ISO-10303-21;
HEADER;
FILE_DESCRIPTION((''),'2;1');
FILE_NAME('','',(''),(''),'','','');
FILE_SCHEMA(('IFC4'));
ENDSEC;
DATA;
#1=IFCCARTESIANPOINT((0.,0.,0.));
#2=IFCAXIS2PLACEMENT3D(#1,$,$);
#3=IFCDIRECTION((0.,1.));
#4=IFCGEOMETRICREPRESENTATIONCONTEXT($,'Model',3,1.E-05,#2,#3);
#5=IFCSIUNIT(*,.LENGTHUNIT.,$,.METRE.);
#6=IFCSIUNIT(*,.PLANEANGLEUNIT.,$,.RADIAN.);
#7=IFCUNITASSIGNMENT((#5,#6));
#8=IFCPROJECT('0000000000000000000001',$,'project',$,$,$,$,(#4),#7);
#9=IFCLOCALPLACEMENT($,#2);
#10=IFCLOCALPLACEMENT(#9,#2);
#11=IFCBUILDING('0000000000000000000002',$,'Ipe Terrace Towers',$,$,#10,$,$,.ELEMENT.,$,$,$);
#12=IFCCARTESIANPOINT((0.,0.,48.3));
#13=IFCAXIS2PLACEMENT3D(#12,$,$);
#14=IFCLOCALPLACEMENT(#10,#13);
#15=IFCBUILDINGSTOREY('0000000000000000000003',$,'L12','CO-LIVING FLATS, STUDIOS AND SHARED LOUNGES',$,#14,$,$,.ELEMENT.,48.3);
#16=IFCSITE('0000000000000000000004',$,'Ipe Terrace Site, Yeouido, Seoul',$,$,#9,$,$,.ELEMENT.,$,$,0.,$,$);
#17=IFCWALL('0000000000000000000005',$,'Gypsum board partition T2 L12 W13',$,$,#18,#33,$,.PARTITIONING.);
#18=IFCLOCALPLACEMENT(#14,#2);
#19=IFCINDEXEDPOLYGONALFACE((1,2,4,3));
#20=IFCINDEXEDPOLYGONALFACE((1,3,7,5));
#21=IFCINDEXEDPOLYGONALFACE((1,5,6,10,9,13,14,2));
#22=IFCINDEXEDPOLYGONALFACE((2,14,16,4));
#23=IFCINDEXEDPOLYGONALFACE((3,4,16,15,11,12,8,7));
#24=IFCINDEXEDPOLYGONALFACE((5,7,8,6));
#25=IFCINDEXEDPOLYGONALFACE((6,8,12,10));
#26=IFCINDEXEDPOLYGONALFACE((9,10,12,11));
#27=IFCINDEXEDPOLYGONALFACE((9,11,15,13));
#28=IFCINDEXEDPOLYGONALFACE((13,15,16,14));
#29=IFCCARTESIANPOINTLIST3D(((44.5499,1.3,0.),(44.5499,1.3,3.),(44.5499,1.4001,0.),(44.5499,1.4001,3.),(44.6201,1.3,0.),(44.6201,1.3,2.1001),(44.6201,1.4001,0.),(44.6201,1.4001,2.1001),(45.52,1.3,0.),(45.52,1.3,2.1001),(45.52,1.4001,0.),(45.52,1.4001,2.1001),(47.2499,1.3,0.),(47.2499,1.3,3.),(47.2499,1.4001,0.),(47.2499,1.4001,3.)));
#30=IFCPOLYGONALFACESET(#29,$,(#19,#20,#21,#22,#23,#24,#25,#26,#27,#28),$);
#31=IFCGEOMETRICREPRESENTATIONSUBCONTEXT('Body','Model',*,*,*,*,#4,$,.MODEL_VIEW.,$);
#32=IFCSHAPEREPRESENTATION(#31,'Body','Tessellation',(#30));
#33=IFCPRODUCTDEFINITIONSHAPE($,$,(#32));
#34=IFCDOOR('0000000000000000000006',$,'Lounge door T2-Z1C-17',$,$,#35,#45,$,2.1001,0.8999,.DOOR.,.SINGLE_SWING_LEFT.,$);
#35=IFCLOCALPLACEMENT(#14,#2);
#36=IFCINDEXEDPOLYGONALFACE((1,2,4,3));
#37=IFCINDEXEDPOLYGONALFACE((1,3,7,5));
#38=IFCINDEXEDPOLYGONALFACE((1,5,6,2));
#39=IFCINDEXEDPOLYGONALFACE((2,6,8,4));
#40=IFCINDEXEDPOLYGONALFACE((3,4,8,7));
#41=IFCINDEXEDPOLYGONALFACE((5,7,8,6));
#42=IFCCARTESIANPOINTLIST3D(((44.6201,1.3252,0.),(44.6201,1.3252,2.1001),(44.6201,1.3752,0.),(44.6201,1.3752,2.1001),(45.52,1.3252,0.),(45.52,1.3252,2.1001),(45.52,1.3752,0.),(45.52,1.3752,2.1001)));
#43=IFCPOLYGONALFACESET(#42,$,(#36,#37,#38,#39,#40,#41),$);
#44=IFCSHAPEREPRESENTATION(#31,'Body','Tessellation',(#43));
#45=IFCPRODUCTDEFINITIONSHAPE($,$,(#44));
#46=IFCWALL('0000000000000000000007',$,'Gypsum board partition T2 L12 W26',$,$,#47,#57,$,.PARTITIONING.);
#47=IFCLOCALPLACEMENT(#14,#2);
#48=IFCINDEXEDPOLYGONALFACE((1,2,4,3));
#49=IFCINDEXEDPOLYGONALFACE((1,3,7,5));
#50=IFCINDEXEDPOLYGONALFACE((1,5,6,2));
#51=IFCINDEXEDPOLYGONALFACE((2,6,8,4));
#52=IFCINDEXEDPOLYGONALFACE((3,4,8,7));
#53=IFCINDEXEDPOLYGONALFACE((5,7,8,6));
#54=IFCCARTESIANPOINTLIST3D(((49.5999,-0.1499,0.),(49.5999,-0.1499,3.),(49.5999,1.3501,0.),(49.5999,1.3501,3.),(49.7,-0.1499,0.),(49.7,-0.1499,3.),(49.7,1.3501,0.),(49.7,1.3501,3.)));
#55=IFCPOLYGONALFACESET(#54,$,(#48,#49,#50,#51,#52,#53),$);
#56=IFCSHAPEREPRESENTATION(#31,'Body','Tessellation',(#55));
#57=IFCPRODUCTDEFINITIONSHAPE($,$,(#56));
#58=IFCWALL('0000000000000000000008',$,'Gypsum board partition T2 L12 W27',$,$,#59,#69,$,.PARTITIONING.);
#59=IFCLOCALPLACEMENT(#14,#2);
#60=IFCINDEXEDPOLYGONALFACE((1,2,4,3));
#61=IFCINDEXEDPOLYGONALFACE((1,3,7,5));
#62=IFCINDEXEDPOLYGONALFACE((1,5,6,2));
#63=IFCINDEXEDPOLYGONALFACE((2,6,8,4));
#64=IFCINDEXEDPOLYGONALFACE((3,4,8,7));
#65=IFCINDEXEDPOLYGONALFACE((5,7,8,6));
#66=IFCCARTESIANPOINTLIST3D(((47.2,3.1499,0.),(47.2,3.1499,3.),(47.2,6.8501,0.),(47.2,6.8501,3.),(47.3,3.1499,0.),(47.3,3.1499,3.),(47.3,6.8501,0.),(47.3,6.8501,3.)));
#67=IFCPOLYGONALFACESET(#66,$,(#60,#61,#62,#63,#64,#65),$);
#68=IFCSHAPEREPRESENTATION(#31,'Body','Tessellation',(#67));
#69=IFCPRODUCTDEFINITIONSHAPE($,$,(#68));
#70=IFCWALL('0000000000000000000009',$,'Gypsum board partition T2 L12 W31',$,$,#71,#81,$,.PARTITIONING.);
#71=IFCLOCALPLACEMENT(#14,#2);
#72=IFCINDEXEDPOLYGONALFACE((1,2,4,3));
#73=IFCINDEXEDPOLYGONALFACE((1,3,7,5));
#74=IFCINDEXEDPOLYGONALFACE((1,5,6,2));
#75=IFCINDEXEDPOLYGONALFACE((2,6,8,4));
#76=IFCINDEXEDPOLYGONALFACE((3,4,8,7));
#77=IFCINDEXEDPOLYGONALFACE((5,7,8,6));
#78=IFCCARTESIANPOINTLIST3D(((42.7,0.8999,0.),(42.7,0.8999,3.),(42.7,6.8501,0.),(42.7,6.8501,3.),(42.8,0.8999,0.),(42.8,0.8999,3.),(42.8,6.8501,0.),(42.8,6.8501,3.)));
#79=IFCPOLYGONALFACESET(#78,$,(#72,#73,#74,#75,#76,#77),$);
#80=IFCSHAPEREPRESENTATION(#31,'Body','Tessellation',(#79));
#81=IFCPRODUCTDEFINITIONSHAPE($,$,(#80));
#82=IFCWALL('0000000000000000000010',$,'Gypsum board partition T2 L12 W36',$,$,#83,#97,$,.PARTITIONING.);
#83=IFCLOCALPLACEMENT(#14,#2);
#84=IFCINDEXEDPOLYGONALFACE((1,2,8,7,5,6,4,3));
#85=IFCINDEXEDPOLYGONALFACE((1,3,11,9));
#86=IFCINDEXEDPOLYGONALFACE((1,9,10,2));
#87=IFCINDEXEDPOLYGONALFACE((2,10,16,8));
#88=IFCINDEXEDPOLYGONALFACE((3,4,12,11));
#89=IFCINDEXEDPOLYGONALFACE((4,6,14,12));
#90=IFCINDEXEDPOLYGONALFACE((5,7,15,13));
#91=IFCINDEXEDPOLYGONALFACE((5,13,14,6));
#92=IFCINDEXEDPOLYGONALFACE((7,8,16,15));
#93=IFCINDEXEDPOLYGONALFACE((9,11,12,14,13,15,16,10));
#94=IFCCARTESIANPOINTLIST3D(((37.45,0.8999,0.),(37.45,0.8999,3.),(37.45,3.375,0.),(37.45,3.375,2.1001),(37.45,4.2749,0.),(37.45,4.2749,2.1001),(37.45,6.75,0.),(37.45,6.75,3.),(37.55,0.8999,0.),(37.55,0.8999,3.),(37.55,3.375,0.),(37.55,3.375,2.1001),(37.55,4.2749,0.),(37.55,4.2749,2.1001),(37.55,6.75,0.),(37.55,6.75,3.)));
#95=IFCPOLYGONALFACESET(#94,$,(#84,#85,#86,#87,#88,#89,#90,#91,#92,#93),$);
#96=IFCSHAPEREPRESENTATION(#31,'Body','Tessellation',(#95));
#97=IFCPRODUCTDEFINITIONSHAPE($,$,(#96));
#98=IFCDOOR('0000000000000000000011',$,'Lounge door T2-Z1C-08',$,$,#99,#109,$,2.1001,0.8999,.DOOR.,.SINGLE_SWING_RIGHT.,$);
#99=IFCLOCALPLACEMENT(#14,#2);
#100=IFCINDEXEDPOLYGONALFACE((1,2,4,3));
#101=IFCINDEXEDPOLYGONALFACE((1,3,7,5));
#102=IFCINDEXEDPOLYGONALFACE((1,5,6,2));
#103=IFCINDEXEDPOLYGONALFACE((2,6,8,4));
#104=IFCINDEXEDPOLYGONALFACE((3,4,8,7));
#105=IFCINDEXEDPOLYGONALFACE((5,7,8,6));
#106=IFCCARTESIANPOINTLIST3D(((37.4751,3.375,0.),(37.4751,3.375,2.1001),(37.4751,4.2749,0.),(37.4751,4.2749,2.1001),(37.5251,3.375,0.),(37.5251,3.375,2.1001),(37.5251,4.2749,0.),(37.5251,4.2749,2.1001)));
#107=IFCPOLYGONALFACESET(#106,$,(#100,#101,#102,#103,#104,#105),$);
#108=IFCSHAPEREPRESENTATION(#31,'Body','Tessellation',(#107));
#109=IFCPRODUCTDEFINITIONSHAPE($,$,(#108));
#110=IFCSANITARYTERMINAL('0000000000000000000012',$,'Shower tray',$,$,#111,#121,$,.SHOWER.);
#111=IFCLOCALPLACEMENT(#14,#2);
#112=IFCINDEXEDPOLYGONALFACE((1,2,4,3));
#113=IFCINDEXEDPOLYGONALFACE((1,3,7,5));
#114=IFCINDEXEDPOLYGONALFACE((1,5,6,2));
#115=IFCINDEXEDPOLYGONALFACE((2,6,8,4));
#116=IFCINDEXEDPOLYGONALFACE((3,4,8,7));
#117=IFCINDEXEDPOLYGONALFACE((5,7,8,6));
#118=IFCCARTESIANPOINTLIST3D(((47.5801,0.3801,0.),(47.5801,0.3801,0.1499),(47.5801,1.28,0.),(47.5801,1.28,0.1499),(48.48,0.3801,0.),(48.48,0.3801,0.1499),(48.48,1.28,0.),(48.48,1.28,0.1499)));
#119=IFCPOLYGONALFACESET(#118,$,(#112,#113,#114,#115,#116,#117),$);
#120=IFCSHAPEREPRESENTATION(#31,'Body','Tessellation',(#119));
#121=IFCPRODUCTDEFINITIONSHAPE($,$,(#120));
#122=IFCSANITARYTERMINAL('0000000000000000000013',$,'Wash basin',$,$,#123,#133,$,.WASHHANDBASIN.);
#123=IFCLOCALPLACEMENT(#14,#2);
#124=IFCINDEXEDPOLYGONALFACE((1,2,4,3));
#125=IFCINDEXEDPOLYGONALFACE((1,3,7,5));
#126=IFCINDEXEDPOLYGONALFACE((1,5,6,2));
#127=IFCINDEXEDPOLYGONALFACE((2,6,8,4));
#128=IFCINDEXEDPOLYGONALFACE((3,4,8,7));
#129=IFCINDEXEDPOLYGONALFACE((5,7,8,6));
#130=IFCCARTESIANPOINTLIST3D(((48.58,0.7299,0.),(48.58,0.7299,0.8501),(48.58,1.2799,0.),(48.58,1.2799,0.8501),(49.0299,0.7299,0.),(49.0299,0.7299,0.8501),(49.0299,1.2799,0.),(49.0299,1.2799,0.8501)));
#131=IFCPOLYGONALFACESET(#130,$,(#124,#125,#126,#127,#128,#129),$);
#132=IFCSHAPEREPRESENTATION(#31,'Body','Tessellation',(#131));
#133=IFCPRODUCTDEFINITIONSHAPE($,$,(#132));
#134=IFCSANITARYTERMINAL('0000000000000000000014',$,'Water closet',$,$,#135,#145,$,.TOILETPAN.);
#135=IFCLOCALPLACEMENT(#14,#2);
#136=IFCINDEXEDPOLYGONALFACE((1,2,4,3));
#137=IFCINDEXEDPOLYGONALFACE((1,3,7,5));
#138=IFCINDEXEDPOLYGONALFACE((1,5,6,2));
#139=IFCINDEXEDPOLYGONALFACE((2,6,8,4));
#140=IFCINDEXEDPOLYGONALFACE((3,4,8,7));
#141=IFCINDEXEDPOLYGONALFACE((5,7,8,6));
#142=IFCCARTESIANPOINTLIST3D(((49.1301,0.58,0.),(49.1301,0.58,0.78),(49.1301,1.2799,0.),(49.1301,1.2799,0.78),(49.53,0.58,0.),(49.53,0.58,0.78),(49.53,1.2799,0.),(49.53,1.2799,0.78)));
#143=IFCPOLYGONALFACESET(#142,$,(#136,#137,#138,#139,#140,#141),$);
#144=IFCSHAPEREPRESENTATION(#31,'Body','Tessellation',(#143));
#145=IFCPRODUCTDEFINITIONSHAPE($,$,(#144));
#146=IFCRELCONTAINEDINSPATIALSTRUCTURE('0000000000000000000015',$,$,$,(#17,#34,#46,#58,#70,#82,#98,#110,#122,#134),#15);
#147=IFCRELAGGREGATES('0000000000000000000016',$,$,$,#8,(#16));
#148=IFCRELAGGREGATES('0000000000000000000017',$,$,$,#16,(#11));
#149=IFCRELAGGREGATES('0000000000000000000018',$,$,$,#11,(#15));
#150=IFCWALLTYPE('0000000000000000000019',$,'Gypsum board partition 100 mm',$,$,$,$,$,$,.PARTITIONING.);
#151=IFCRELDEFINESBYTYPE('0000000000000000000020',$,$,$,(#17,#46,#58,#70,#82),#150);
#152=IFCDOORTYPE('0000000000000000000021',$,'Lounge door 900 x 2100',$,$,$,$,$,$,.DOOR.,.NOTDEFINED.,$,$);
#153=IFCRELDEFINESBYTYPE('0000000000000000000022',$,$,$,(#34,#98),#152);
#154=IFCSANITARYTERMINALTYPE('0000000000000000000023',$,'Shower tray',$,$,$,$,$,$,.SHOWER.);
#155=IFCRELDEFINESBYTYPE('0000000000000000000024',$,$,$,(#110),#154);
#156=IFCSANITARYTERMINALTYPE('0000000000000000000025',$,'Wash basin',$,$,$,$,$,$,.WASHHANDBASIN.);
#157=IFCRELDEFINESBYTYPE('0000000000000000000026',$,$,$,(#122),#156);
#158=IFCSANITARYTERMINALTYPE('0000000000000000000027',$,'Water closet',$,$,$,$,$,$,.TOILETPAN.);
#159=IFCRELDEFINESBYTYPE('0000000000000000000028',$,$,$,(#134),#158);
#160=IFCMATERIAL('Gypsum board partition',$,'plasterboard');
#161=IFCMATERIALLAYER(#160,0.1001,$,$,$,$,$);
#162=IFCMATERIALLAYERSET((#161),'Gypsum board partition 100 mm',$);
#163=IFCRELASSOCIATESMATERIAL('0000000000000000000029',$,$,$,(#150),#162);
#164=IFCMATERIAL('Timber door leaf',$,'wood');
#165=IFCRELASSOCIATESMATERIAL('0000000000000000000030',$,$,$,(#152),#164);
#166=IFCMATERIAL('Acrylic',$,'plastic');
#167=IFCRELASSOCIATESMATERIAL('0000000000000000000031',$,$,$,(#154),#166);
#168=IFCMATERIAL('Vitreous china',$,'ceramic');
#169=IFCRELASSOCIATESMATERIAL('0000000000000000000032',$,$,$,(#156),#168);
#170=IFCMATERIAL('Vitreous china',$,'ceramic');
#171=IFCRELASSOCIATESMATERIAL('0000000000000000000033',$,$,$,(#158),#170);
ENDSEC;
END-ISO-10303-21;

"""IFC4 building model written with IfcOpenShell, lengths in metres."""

from ifc_helpers import new_model, si_unit, direction, frame, frame_2d, origin, origin_2d, place, context, subcontext, project, spatial, rectangle, extrude, material, layer, layer_set, type_object, element, fill, save


model = new_model("IFC4")

# Units and contexts
model_context = context("Model", 3, precision=1e-05, world=origin(), true_north=direction((0.0, 1.0)))
body_context = subcontext(model_context, "Body", "Model", "MODEL_VIEW")
ifc_project = project(units=[si_unit("LENGTHUNIT", "METRE"), si_unit("PLANEANGLEUNIT", "RADIAN")], contexts=[model_context])

# Site, building, storey
site_placement = place(None, origin())
site = spatial("IfcSite", under=ifc_project, at=site_placement, Name="Ipe Terrace Site, Yeouido, Seoul", CompositionType="ELEMENT", RefElevation=0.0)
building_placement = place(site_placement, origin())
building = spatial("IfcBuilding", under=site, at=building_placement, Name="Ipe Terrace Towers", CompositionType="ELEMENT")
storey_placement = place(building_placement, frame((0.0, 0.0, 48.3)))
storey = spatial("IfcBuildingStorey", under=building, at=storey_placement, Name="L12", Description="CO-LIVING FLATS, STUDIOS AND SHARED LOUNGES", CompositionType="ELEMENT", Elevation=48.3)

# Shared definitions
ifc_material_1 = material(Name="Gypsum board partition", Category="plasterboard")
ifc_layer_1 = layer(ifc_material_1, 0.1001)
ifc_layer_set_1 = layer_set([ifc_layer_1], Name="Gypsum board partition 100 mm")
wall_type = type_object("IfcWallType", Name="Gypsum board partition 100 mm", PredefinedType="PARTITIONING", material=ifc_layer_set_1)

# Wall, opening, door
wall_1_placement = place(storey_placement, frame((47.25, 1.3501, 0.0), z_axis=(0.0, 0.0, 1.0), x_axis=(-1.0, 0.0, 0.0)))
wall_1 = element("IfcWall", 1, at=wall_1_placement, inside=storey, type_object=wall_type, Name="Gypsum board partition T2 L12 W13", PredefinedType="PARTITIONING", context=body_context, shape_type="SweptSolid", body=[
    extrude(rectangle(XDim=2.7, YDim=0.1001, at=frame_2d((1.3501, 0.0))), origin(), (0.0, 0.0, 1.0), 3.0),
])
opening_1_placement = place(wall_1_placement, frame((1.73, 0.0, 0.0)))
opening_1 = element("IfcOpeningElement", 2, at=opening_1_placement, cuts=wall_1, PredefinedType="OPENING", context=body_context, shape_type="SweptSolid", body=[
    extrude(rectangle(XDim=0.8999, YDim=2.1001, at=frame_2d((0.45, 1.05))), frame((0.0, 0.0601, 0.0), z_axis=(0.0, -1.0, 0.0), x_axis=(1.0, 0.0, 0.0)), (0.0, 0.0, 1.0), 0.1201),
])
ifc_material_2 = material(Name="Timber door leaf", Category="wood")
door_type_1 = type_object("IfcDoorType", Name="Lounge door 900 x 2100", OperationType="NOTDEFINED", PredefinedType="DOOR", material=ifc_material_2)
door_1_placement = place(opening_1_placement, origin())
door_1 = element("IfcDoor", 3, at=door_1_placement, inside=storey, type_object=door_type_1, Name="Lounge door T2-Z1C-17", OperationType="SINGLE_SWING_LEFT", OverallHeight=2.1001, OverallWidth=0.8999, PredefinedType="DOOR", context=body_context, shape_type="SweptSolid", body=[
    extrude(rectangle(XDim=0.8999, YDim=2.1001, at=frame_2d((0.45, 1.05))), frame((0.0, 0.0249, 0.0), z_axis=(0.0, -1.0, 0.0), x_axis=(1.0, 0.0, 0.0)), (0.0, 0.0, 1.0), 0.05),
])
fill(opening_1, door_1)

# Walls
wall_2_placement = place(storey_placement, frame((49.6499, -0.1499, 0.0), z_axis=(0.0, 0.0, 1.0), x_axis=(0.0, 1.0, 0.0)))
element("IfcWall", 4, at=wall_2_placement, inside=storey, type_object=wall_type, Name="Gypsum board partition T2 L12 W26", PredefinedType="PARTITIONING", context=body_context, shape_type="SweptSolid", body=[
    extrude(rectangle(XDim=1.5, YDim=0.1001, at=frame_2d((0.75, 0.0))), origin(), (0.0, 0.0, 1.0), 3.0),
])
wall_3_placement = place(storey_placement, frame((47.25, 3.1499, 0.0), z_axis=(0.0, 0.0, 1.0), x_axis=(0.0, 1.0, 0.0)))
element("IfcWall", 5, at=wall_3_placement, inside=storey, type_object=wall_type, Name="Gypsum board partition T2 L12 W27", PredefinedType="PARTITIONING", context=body_context, shape_type="SweptSolid", body=[
    extrude(rectangle(XDim=3.7002, YDim=0.1001, at=frame_2d((1.8501, 0.0))), origin(), (0.0, 0.0, 1.0), 3.0),
])
wall_4_placement = place(storey_placement, frame((42.75, 0.8999, 0.0), z_axis=(0.0, 0.0, 1.0), x_axis=(0.0, 1.0, 0.0)))
element("IfcWall", 6, at=wall_4_placement, inside=storey, type_object=wall_type, Name="Gypsum board partition T2 L12 W31", PredefinedType="PARTITIONING", context=body_context, shape_type="SweptSolid", body=[
    extrude(rectangle(XDim=5.9502, YDim=0.1001, at=frame_2d((2.9751, 0.0))), origin(), (0.0, 0.0, 1.0), 3.0),
])

# Wall, opening, door
wall_5_placement = place(storey_placement, frame((37.5, 0.8999, 0.0), z_axis=(0.0, 0.0, 1.0), x_axis=(0.0, 1.0, 0.0)))
wall_5 = element("IfcWall", 7, at=wall_5_placement, inside=storey, type_object=wall_type, Name="Gypsum board partition T2 L12 W36", PredefinedType="PARTITIONING", context=body_context, shape_type="SweptSolid", body=[
    extrude(rectangle(XDim=5.8501, YDim=0.1001, at=frame_2d((2.925, 0.0))), origin(), (0.0, 0.0, 1.0), 3.0),
])
opening_2_placement = place(wall_5_placement, frame((2.4751, 0.0, 0.0)))
opening_2 = element("IfcOpeningElement", 8, at=opening_2_placement, cuts=wall_5, PredefinedType="OPENING", context=body_context, shape_type="SweptSolid", body=[
    extrude(rectangle(XDim=0.8999, YDim=2.1001, at=frame_2d((0.45, 1.05))), frame((0.0, 0.0601, 0.0), z_axis=(0.0, -1.0, 0.0), x_axis=(1.0, 0.0, 0.0)), (0.0, 0.0, 1.0), 0.1201),
])
door_2_placement = place(opening_2_placement, origin())
door_2 = element("IfcDoor", 9, at=door_2_placement, inside=storey, type_object=door_type_1, Name="Lounge door T2-Z1C-08", OperationType="SINGLE_SWING_RIGHT", OverallHeight=2.1001, OverallWidth=0.8999, PredefinedType="DOOR", context=body_context, shape_type="SweptSolid", body=[
    extrude(rectangle(XDim=0.8999, YDim=2.1001, at=frame_2d((0.45, 1.05))), frame((0.0, 0.0249, 0.0), z_axis=(0.0, -1.0, 0.0), x_axis=(1.0, 0.0, 0.0)), (0.0, 0.0, 1.0), 0.05),
])
fill(opening_2, door_2)

# Sanitary terminals
ifc_material_3 = material(Name="Acrylic", Category="plastic")
sanitary_terminal_type_1 = type_object("IfcSanitaryTerminalType", Name="Shower tray", PredefinedType="SHOWER", material=ifc_material_3)
sanitary_terminal_1_placement = place(storey_placement, frame((48.03, 0.8301, 0.0), z_axis=(0.0, 0.0, 1.0), x_axis=(0.0, -1.0, 0.0)))
element("IfcSanitaryTerminal", 10, at=sanitary_terminal_1_placement, inside=storey, type_object=sanitary_terminal_type_1, Name="Shower tray", PredefinedType="SHOWER", context=body_context, shape_type="SweptSolid", body=[
    extrude(rectangle(XDim=0.8999, YDim=0.8999, at=origin_2d()), origin(), (0.0, 0.0, 1.0), 0.1499),
])
ifc_material_4 = material(Name="Vitreous china", Category="ceramic")
sanitary_terminal_type_2 = type_object("IfcSanitaryTerminalType", Name="Wash basin", PredefinedType="WASHHANDBASIN", material=ifc_material_4)
sanitary_terminal_2_placement = place(storey_placement, frame((48.8049, 1.0049, 0.0), z_axis=(0.0, 0.0, 1.0), x_axis=(0.0, -1.0, 0.0)))
element("IfcSanitaryTerminal", 11, at=sanitary_terminal_2_placement, inside=storey, type_object=sanitary_terminal_type_2, Name="Wash basin", PredefinedType="WASHHANDBASIN", context=body_context, shape_type="SweptSolid", body=[
    extrude(rectangle(XDim=0.55, YDim=0.45, at=origin_2d()), origin(), (0.0, 0.0, 1.0), 0.8501),
])
ifc_material_5 = material(Name="Vitreous china", Category="ceramic")
sanitary_terminal_type_3 = type_object("IfcSanitaryTerminalType", Name="Water closet", PredefinedType="TOILETPAN", material=ifc_material_5)
sanitary_terminal_3_placement = place(storey_placement, frame((49.3301, 0.9299, 0.0), z_axis=(0.0, 0.0, 1.0), x_axis=(0.0, -1.0, 0.0)))
element("IfcSanitaryTerminal", 12, at=sanitary_terminal_3_placement, inside=storey, type_object=sanitary_terminal_type_3, Name="Water closet", PredefinedType="TOILETPAN", context=body_context, shape_type="SweptSolid", body=[
    extrude(rectangle(XDim=0.7, YDim=0.3999, at=origin_2d()), origin(), (0.0, 0.0, 1.0), 0.78),
])

save(model, "model.ifc")
